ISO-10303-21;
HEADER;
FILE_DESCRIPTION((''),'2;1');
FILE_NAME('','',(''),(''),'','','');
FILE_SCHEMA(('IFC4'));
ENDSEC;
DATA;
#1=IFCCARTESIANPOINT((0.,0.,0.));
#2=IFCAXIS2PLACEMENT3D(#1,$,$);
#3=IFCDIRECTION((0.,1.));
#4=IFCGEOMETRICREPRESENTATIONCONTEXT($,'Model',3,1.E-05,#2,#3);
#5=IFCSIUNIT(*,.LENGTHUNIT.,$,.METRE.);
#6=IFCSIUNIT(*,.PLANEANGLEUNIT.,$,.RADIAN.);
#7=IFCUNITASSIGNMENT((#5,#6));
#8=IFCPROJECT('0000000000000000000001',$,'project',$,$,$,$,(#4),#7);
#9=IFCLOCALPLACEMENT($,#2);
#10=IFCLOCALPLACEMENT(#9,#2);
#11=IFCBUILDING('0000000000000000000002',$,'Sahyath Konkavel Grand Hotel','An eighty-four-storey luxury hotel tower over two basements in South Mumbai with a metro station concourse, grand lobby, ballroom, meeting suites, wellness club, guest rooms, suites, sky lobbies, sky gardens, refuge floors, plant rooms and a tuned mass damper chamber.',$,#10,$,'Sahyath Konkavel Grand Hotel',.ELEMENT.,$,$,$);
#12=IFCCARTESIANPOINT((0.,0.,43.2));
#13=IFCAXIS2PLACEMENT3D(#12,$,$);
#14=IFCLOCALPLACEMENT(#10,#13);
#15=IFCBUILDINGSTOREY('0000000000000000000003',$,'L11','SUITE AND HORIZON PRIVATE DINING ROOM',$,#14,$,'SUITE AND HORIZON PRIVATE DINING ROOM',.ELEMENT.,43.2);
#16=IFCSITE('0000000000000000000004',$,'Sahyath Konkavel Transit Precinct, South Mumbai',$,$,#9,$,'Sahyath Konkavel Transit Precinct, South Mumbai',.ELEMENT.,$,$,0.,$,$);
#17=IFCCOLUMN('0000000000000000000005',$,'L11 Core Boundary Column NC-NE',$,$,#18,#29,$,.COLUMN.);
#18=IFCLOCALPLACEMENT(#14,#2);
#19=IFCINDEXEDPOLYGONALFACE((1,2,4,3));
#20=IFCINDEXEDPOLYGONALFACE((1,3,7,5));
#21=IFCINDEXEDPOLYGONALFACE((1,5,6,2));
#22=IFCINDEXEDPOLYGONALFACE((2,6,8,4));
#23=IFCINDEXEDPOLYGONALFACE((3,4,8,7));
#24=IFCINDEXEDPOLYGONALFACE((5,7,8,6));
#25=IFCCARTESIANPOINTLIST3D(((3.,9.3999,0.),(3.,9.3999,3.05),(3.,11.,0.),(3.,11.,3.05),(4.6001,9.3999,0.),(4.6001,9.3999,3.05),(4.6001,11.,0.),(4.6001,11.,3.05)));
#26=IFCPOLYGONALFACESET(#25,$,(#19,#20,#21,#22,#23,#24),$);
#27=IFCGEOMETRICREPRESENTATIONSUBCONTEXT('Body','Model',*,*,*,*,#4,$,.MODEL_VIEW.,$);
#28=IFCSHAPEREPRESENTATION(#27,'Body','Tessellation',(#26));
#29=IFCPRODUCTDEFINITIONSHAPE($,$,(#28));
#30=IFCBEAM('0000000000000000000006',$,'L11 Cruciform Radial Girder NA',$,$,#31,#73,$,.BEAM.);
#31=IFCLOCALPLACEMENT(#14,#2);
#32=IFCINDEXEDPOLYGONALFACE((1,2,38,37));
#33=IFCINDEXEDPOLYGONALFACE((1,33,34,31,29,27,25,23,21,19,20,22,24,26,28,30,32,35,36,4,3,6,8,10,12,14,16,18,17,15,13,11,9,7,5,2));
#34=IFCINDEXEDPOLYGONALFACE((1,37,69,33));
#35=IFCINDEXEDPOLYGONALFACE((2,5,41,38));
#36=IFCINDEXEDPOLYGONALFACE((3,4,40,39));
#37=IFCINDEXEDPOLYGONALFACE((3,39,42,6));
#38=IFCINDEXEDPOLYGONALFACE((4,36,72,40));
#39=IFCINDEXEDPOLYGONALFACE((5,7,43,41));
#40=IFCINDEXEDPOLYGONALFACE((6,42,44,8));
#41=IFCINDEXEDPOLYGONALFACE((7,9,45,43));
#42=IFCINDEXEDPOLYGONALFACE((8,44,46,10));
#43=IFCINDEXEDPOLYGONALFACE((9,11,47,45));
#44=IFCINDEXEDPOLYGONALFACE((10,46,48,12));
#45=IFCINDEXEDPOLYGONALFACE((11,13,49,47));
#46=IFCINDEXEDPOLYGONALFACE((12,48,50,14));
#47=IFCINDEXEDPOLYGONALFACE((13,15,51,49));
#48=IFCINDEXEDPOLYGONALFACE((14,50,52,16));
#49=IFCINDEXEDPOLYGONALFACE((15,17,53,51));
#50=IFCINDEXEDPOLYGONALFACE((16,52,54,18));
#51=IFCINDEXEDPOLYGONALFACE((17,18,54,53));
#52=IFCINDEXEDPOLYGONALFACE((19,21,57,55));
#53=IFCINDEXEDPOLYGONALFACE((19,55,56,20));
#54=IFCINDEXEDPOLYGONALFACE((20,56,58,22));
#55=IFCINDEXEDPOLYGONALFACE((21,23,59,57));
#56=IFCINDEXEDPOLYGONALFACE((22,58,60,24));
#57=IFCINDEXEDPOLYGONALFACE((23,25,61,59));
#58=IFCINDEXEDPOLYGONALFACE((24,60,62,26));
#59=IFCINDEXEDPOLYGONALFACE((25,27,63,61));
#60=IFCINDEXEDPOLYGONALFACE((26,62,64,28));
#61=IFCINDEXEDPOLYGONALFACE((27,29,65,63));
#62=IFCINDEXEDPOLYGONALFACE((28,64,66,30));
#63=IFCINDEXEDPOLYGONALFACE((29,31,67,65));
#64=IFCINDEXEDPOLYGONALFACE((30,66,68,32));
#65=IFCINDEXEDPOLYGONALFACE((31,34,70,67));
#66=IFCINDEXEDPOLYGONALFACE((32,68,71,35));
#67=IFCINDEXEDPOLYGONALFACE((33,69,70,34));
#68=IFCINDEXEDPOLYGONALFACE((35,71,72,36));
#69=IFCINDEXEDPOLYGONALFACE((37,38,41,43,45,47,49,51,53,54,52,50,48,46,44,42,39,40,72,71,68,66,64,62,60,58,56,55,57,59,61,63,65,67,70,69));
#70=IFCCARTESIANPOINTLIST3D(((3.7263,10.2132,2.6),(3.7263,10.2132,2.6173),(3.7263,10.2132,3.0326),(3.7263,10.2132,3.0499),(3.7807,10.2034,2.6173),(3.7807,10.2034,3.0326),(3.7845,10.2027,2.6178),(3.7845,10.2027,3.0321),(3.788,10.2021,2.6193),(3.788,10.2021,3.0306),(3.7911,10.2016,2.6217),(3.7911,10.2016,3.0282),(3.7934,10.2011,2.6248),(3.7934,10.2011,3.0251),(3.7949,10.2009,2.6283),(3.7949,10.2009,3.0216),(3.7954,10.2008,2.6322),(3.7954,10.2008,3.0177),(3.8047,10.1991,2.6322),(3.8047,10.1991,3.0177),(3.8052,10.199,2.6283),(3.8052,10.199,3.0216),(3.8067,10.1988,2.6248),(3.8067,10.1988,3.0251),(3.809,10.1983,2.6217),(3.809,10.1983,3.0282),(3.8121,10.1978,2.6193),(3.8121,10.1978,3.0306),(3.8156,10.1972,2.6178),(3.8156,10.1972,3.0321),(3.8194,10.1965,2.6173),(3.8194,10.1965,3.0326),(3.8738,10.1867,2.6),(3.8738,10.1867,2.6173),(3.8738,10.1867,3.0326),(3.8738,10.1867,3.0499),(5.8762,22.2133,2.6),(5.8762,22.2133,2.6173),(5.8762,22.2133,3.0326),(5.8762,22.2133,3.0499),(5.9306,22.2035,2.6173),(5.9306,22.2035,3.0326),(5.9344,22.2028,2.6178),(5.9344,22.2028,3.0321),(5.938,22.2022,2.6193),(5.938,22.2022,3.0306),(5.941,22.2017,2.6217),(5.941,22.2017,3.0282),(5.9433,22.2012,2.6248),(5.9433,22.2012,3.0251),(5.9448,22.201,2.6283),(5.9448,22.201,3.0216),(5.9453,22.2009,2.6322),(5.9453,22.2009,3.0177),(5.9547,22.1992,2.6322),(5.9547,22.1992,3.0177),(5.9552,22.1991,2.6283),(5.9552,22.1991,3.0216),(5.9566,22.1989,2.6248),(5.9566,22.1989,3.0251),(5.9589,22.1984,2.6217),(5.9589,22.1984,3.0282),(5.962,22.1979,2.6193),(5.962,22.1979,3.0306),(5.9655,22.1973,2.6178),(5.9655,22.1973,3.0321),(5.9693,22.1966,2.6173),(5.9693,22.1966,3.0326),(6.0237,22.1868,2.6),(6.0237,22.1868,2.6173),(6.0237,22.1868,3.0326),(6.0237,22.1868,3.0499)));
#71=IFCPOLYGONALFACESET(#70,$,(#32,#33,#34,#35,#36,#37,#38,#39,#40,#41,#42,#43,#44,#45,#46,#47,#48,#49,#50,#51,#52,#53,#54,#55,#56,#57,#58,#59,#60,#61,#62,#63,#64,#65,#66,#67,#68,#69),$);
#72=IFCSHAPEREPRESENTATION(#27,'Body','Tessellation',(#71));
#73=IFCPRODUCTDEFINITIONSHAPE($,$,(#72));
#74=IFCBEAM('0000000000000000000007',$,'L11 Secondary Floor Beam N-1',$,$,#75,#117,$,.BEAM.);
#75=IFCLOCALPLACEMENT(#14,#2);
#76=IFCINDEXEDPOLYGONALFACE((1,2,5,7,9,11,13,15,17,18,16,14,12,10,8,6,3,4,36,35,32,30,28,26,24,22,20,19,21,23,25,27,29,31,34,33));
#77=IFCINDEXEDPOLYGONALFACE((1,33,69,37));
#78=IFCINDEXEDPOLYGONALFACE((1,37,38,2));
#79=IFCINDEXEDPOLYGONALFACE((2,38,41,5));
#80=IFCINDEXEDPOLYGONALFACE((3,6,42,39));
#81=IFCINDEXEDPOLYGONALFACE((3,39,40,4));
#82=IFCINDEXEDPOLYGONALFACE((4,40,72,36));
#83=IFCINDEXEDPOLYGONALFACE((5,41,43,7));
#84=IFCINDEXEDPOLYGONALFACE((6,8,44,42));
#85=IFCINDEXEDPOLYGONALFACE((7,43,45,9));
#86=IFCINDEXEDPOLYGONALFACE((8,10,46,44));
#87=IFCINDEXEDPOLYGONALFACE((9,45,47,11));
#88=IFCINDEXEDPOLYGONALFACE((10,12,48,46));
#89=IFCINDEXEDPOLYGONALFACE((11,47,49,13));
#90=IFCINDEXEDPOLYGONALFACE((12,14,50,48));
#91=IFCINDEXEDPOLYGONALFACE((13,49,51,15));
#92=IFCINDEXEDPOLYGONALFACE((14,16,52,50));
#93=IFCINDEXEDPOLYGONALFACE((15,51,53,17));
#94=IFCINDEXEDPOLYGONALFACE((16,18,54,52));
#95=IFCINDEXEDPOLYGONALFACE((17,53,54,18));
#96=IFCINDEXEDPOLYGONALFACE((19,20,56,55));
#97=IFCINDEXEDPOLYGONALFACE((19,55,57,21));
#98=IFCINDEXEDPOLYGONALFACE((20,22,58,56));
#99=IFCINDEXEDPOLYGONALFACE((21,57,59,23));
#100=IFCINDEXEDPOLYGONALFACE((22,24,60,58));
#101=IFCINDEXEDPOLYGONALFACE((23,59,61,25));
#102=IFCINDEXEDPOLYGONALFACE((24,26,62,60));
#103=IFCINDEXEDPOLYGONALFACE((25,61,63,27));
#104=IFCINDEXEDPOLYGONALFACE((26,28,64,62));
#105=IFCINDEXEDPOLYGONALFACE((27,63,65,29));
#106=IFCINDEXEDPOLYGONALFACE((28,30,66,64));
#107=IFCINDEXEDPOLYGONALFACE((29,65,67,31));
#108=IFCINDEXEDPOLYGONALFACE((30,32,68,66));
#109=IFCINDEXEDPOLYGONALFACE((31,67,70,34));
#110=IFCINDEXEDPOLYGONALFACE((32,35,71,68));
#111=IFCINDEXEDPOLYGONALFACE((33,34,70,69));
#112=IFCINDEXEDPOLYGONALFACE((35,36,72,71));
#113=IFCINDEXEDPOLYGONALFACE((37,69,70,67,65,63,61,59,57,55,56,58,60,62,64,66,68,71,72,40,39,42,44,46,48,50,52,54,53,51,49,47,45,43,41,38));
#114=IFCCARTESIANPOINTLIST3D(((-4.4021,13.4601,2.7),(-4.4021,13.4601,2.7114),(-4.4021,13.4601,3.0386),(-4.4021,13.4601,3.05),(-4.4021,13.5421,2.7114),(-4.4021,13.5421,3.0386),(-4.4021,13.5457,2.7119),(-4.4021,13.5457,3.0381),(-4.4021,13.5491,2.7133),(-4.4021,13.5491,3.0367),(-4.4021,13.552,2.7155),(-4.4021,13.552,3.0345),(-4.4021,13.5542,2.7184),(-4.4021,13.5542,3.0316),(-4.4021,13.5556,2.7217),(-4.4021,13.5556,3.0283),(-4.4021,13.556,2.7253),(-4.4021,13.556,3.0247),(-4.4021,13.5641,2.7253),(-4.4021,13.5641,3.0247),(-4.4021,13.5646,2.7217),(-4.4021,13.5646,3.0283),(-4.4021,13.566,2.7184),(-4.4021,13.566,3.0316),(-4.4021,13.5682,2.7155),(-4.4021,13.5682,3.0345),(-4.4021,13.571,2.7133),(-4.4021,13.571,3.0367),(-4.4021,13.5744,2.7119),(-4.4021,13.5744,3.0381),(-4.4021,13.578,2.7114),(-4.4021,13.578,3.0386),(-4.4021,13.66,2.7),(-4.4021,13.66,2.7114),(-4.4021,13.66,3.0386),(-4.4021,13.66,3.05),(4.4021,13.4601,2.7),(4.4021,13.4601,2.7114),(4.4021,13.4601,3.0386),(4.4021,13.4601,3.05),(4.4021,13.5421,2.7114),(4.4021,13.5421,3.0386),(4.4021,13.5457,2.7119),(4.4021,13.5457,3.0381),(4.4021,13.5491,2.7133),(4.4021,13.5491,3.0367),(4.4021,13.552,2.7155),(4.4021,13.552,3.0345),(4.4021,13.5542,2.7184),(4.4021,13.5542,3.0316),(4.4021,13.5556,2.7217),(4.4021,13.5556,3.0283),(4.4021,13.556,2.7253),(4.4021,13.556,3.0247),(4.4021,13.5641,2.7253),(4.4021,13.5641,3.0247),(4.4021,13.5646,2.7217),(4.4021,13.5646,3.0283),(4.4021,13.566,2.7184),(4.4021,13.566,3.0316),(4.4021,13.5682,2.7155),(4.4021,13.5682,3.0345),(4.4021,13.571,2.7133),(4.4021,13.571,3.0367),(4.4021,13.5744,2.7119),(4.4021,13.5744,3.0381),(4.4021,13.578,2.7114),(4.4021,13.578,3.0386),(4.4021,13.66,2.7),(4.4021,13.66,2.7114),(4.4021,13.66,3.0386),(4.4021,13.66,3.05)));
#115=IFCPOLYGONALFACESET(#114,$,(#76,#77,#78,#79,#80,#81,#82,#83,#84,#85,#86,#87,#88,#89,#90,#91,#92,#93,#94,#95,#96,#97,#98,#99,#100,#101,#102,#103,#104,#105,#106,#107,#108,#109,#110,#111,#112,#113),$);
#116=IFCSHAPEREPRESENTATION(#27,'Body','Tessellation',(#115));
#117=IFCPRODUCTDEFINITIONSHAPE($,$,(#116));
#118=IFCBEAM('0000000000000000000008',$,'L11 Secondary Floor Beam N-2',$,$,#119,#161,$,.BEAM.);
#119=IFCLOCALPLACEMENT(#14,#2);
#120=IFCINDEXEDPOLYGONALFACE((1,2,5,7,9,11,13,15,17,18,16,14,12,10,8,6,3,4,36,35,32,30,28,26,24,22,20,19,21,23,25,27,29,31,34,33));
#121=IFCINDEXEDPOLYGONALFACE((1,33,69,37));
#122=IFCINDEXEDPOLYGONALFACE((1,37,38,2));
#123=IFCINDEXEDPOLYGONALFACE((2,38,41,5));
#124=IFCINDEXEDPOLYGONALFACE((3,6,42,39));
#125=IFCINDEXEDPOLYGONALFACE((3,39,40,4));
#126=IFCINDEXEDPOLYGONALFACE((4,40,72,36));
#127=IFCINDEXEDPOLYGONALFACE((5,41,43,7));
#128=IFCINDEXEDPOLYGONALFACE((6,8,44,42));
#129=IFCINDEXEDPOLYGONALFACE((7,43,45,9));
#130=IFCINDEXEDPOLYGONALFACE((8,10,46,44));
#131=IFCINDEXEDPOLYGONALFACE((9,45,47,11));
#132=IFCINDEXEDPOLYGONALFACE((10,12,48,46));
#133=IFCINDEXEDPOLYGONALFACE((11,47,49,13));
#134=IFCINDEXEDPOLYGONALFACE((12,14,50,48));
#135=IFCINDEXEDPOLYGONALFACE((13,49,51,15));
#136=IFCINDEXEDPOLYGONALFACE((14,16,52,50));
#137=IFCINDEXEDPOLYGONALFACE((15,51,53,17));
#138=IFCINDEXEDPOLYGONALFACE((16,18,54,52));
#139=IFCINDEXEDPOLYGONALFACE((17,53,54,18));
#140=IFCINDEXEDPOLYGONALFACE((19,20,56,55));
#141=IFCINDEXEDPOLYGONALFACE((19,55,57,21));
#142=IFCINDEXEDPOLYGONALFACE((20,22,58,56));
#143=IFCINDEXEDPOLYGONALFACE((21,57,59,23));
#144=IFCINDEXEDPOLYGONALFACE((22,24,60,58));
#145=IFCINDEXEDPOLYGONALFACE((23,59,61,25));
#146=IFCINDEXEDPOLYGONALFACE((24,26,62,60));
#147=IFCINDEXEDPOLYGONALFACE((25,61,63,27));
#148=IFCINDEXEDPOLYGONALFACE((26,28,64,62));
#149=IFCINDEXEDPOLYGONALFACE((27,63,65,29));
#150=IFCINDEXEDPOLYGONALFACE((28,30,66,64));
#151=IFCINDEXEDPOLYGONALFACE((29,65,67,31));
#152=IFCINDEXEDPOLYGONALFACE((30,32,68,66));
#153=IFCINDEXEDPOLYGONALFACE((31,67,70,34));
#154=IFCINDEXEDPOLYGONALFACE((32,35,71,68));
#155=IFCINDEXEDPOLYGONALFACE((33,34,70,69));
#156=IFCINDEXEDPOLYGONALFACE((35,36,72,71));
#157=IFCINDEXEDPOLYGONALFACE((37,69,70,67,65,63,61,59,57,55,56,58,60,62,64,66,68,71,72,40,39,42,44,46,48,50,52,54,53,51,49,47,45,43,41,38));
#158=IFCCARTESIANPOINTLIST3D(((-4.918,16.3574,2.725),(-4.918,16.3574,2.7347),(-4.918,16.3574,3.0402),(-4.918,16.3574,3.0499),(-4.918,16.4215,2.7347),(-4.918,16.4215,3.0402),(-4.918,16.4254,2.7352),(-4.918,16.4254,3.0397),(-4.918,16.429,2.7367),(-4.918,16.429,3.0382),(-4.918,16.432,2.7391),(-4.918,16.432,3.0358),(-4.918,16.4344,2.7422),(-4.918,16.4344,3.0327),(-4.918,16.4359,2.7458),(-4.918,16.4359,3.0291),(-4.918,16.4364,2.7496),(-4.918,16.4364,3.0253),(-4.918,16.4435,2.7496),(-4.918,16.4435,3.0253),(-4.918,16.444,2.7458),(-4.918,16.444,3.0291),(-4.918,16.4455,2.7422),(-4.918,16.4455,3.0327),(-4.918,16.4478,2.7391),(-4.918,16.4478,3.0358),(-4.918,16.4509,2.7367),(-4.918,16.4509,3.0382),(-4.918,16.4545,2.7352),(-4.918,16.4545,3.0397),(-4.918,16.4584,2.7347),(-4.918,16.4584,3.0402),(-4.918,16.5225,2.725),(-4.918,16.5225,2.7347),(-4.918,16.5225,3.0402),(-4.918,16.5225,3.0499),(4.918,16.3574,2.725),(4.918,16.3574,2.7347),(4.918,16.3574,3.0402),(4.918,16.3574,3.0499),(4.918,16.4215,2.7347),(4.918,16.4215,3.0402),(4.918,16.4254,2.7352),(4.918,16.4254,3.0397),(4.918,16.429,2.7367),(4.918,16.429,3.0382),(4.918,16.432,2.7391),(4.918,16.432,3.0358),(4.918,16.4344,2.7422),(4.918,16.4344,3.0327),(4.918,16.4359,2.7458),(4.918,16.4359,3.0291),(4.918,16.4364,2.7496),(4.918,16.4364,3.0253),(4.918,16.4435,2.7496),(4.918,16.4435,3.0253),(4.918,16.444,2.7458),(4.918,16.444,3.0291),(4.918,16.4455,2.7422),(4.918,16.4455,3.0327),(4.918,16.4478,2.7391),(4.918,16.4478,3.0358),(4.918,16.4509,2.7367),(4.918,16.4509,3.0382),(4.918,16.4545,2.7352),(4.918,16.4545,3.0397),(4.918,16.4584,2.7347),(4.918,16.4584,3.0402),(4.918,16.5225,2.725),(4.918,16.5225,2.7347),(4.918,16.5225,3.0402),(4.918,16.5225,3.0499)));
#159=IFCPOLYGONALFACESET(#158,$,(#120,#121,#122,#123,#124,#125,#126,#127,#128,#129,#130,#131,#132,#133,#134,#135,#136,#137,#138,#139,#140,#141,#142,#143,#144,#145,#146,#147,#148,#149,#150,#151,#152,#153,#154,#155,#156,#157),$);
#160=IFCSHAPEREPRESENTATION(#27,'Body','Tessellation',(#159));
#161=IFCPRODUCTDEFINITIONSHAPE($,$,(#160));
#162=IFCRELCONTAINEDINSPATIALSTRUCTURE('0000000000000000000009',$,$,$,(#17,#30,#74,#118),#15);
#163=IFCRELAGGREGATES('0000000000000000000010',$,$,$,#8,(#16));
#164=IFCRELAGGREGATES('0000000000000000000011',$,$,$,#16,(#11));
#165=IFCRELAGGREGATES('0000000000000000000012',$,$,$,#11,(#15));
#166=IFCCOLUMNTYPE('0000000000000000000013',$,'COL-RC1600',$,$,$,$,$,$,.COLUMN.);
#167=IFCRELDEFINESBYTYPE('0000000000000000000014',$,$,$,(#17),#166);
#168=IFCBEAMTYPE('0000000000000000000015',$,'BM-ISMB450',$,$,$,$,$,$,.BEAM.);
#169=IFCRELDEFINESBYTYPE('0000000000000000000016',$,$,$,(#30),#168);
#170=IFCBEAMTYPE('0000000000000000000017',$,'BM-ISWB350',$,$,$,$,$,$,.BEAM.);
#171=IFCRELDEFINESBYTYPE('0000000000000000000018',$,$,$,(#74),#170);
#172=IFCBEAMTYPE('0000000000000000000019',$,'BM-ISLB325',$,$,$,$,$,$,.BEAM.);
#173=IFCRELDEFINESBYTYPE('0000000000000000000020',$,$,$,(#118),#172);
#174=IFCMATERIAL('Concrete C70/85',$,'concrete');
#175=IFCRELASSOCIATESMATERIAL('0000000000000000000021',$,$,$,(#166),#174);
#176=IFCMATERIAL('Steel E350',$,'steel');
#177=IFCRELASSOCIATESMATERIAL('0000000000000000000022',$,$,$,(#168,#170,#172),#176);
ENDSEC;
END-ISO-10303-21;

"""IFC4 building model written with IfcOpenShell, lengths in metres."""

from ifc_helpers import new_model, si_unit, direction, frame, origin, origin_2d, place, context, subcontext, project, spatial, rectangle, i_section, extrude, source, transform, mapped, material, material_profile, profile_set, type_object, element, save


model = new_model("IFC4")

# Units and contexts
model_context = context("Model", 3, precision=1e-05, world=origin(), true_north=direction((0.0, 1.0)))
body_context = subcontext(model_context, "Body", "Model", "MODEL_VIEW")
ifc_project = project(units=[si_unit("LENGTHUNIT", "METRE"), si_unit("PLANEANGLEUNIT", "RADIAN")], contexts=[model_context])

# Site, building, storey
site_placement = place(None, origin())
site = spatial("IfcSite", under=ifc_project, at=site_placement, Name="Sahyath Konkavel Transit Precinct, South Mumbai", LongName="Sahyath Konkavel Transit Precinct, South Mumbai", CompositionType="ELEMENT", RefElevation=0.0)
building_placement = place(site_placement, origin())
building = spatial("IfcBuilding", under=site, at=building_placement, Name="Sahyath Konkavel Grand Hotel", Description="An eighty-four-storey luxury hotel tower over two basements in South Mumbai with a metro station concourse, grand lobby, ballroom, meeting suites, wellness club, guest rooms, suites, sky lobbies, sky gardens, refuge floors, plant rooms and a tuned mass damper chamber.", LongName="Sahyath Konkavel Grand Hotel", CompositionType="ELEMENT")
storey_placement = place(building_placement, frame((0.0, 0.0, 43.2)))
storey = spatial("IfcBuildingStorey", under=building, at=storey_placement, Name="L11", Description="SUITE AND HORIZON PRIVATE DINING ROOM", LongName="SUITE AND HORIZON PRIVATE DINING ROOM", CompositionType="ELEMENT", Elevation=43.2)

# Column
ifc_material_1 = material(Name="Concrete C70/85", Category="concrete")
ifc_material_profile_1 = material_profile(ifc_material_1, rectangle(XDim=1.6001, YDim=1.6001, at=origin_2d()), Name="RC 1600x1600")
ifc_profile_set_1 = profile_set([ifc_material_profile_1], Name="Concrete C70/85")
column_type = type_object("IfcColumnType", Name="COL-RC1600", PredefinedType="COLUMN", material=ifc_profile_set_1)
shared_shape_1 = source(origin(), body_context, "Body", "SweptSolid", [
    extrude(rectangle(XDim=1.6001, YDim=1.6001, at=origin_2d()), origin(), (0.0, 0.0, 1.0), 3.05),
])
column_placement = place(storey_placement, frame((3.8, 10.2, 0.0), z_axis=(0.0, 0.0, 1.0), x_axis=(1.0, 0.0, 0.0)))
element("IfcColumn", 1, at=column_placement, inside=storey, type_object=column_type, Name="L11 Core Boundary Column NC-NE", PredefinedType="COLUMN", context=body_context, shape_type="MappedRepresentation", body=[
    mapped(shared_shape_1, transform((0.0, 0.0, 0.0), scale=1.0)),
])

# Beams
ifc_material_2 = material(Name="Steel E350", Category="steel")
ifc_material_profile_2 = material_profile(ifc_material_2, i_section(OverallWidth=0.1499, OverallDepth=0.45, WebThickness=0.0095, FlangeThickness=0.0173, FilletRadius=0.0149, at=origin_2d()), Name="ISMB 450")
ifc_profile_set_2 = profile_set([ifc_material_profile_2], Name="Steel E350")
beam_type_1 = type_object("IfcBeamType", Name="BM-ISMB450", PredefinedType="BEAM", material=ifc_profile_set_2)
shared_shape_2 = source(origin(), body_context, "Body", "SweptSolid", [
    extrude(i_section(OverallWidth=0.1499, OverallDepth=0.45, WebThickness=0.0095, FlangeThickness=0.0173, FilletRadius=0.0149, at=origin_2d()), origin(), (0.0, 0.0, 1.0), 12.1912),
])
beam_1_placement = place(storey_placement, frame((3.8, 10.2, 2.825), z_axis=(0.176351, 0.984327, 0.0), x_axis=(-0.984327, 0.176351, 0.0)))
element("IfcBeam", 2, at=beam_1_placement, inside=storey, type_object=beam_type_1, Name="L11 Cruciform Radial Girder NA", PredefinedType="BEAM", context=body_context, shape_type="MappedRepresentation", body=[
    mapped(shared_shape_2, transform((0.0, 0.0, 0.0), scale=1.0)),
])
ifc_material_profile_3 = material_profile(ifc_material_2, i_section(OverallWidth=0.2, OverallDepth=0.3501, WebThickness=0.0081, FlangeThickness=0.0115, FilletRadius=0.0139, at=origin_2d()), Name="ISWB 350")
ifc_profile_set_3 = profile_set([ifc_material_profile_3], Name="Steel E350")
beam_type_2 = type_object("IfcBeamType", Name="BM-ISWB350", PredefinedType="BEAM", material=ifc_profile_set_3)
shared_shape_3 = source(origin(), body_context, "Body", "SweptSolid", [
    extrude(i_section(OverallWidth=0.2, OverallDepth=0.3501, WebThickness=0.0081, FlangeThickness=0.0115, FilletRadius=0.0139, at=origin_2d()), origin(), (0.0, 0.0, 1.0), 8.8042),
])
beam_2_placement = place(storey_placement, frame((4.4021, 13.5601, 2.875), z_axis=(-1.0, 0.0, 0.0), x_axis=(0.0, -1.0, 0.0)))
element("IfcBeam", 3, at=beam_2_placement, inside=storey, type_object=beam_type_2, Name="L11 Secondary Floor Beam N-1", PredefinedType="BEAM", context=body_context, shape_type="MappedRepresentation", body=[
    mapped(shared_shape_3, transform((0.0, 0.0, 0.0), scale=1.0)),
])
ifc_material_profile_4 = material_profile(ifc_material_2, i_section(OverallWidth=0.165, OverallDepth=0.325, WebThickness=0.0071, FlangeThickness=0.0098, FilletRadius=0.0149, at=origin_2d()), Name="ISLB 325")
ifc_profile_set_4 = profile_set([ifc_material_profile_4], Name="Steel E350")
beam_type_3 = type_object("IfcBeamType", Name="BM-ISLB325", PredefinedType="BEAM", material=ifc_profile_set_4)
shared_shape_4 = source(origin(), body_context, "Body", "SweptSolid", [
    extrude(i_section(OverallWidth=0.165, OverallDepth=0.325, WebThickness=0.0071, FlangeThickness=0.0098, FilletRadius=0.0149, at=origin_2d()), origin(), (0.0, 0.0, 1.0), 9.8359),
])
beam_3_placement = place(storey_placement, frame((4.918, 16.4399, 2.8875), z_axis=(-1.0, 0.0, 0.0), x_axis=(0.0, -1.0, 0.0)))
element("IfcBeam", 4, at=beam_3_placement, inside=storey, type_object=beam_type_3, Name="L11 Secondary Floor Beam N-2", PredefinedType="BEAM", context=body_context, shape_type="MappedRepresentation", body=[
    mapped(shared_shape_4, transform((0.0, 0.0, 0.0), scale=1.0)),
])

save(model, "model.ifc")
